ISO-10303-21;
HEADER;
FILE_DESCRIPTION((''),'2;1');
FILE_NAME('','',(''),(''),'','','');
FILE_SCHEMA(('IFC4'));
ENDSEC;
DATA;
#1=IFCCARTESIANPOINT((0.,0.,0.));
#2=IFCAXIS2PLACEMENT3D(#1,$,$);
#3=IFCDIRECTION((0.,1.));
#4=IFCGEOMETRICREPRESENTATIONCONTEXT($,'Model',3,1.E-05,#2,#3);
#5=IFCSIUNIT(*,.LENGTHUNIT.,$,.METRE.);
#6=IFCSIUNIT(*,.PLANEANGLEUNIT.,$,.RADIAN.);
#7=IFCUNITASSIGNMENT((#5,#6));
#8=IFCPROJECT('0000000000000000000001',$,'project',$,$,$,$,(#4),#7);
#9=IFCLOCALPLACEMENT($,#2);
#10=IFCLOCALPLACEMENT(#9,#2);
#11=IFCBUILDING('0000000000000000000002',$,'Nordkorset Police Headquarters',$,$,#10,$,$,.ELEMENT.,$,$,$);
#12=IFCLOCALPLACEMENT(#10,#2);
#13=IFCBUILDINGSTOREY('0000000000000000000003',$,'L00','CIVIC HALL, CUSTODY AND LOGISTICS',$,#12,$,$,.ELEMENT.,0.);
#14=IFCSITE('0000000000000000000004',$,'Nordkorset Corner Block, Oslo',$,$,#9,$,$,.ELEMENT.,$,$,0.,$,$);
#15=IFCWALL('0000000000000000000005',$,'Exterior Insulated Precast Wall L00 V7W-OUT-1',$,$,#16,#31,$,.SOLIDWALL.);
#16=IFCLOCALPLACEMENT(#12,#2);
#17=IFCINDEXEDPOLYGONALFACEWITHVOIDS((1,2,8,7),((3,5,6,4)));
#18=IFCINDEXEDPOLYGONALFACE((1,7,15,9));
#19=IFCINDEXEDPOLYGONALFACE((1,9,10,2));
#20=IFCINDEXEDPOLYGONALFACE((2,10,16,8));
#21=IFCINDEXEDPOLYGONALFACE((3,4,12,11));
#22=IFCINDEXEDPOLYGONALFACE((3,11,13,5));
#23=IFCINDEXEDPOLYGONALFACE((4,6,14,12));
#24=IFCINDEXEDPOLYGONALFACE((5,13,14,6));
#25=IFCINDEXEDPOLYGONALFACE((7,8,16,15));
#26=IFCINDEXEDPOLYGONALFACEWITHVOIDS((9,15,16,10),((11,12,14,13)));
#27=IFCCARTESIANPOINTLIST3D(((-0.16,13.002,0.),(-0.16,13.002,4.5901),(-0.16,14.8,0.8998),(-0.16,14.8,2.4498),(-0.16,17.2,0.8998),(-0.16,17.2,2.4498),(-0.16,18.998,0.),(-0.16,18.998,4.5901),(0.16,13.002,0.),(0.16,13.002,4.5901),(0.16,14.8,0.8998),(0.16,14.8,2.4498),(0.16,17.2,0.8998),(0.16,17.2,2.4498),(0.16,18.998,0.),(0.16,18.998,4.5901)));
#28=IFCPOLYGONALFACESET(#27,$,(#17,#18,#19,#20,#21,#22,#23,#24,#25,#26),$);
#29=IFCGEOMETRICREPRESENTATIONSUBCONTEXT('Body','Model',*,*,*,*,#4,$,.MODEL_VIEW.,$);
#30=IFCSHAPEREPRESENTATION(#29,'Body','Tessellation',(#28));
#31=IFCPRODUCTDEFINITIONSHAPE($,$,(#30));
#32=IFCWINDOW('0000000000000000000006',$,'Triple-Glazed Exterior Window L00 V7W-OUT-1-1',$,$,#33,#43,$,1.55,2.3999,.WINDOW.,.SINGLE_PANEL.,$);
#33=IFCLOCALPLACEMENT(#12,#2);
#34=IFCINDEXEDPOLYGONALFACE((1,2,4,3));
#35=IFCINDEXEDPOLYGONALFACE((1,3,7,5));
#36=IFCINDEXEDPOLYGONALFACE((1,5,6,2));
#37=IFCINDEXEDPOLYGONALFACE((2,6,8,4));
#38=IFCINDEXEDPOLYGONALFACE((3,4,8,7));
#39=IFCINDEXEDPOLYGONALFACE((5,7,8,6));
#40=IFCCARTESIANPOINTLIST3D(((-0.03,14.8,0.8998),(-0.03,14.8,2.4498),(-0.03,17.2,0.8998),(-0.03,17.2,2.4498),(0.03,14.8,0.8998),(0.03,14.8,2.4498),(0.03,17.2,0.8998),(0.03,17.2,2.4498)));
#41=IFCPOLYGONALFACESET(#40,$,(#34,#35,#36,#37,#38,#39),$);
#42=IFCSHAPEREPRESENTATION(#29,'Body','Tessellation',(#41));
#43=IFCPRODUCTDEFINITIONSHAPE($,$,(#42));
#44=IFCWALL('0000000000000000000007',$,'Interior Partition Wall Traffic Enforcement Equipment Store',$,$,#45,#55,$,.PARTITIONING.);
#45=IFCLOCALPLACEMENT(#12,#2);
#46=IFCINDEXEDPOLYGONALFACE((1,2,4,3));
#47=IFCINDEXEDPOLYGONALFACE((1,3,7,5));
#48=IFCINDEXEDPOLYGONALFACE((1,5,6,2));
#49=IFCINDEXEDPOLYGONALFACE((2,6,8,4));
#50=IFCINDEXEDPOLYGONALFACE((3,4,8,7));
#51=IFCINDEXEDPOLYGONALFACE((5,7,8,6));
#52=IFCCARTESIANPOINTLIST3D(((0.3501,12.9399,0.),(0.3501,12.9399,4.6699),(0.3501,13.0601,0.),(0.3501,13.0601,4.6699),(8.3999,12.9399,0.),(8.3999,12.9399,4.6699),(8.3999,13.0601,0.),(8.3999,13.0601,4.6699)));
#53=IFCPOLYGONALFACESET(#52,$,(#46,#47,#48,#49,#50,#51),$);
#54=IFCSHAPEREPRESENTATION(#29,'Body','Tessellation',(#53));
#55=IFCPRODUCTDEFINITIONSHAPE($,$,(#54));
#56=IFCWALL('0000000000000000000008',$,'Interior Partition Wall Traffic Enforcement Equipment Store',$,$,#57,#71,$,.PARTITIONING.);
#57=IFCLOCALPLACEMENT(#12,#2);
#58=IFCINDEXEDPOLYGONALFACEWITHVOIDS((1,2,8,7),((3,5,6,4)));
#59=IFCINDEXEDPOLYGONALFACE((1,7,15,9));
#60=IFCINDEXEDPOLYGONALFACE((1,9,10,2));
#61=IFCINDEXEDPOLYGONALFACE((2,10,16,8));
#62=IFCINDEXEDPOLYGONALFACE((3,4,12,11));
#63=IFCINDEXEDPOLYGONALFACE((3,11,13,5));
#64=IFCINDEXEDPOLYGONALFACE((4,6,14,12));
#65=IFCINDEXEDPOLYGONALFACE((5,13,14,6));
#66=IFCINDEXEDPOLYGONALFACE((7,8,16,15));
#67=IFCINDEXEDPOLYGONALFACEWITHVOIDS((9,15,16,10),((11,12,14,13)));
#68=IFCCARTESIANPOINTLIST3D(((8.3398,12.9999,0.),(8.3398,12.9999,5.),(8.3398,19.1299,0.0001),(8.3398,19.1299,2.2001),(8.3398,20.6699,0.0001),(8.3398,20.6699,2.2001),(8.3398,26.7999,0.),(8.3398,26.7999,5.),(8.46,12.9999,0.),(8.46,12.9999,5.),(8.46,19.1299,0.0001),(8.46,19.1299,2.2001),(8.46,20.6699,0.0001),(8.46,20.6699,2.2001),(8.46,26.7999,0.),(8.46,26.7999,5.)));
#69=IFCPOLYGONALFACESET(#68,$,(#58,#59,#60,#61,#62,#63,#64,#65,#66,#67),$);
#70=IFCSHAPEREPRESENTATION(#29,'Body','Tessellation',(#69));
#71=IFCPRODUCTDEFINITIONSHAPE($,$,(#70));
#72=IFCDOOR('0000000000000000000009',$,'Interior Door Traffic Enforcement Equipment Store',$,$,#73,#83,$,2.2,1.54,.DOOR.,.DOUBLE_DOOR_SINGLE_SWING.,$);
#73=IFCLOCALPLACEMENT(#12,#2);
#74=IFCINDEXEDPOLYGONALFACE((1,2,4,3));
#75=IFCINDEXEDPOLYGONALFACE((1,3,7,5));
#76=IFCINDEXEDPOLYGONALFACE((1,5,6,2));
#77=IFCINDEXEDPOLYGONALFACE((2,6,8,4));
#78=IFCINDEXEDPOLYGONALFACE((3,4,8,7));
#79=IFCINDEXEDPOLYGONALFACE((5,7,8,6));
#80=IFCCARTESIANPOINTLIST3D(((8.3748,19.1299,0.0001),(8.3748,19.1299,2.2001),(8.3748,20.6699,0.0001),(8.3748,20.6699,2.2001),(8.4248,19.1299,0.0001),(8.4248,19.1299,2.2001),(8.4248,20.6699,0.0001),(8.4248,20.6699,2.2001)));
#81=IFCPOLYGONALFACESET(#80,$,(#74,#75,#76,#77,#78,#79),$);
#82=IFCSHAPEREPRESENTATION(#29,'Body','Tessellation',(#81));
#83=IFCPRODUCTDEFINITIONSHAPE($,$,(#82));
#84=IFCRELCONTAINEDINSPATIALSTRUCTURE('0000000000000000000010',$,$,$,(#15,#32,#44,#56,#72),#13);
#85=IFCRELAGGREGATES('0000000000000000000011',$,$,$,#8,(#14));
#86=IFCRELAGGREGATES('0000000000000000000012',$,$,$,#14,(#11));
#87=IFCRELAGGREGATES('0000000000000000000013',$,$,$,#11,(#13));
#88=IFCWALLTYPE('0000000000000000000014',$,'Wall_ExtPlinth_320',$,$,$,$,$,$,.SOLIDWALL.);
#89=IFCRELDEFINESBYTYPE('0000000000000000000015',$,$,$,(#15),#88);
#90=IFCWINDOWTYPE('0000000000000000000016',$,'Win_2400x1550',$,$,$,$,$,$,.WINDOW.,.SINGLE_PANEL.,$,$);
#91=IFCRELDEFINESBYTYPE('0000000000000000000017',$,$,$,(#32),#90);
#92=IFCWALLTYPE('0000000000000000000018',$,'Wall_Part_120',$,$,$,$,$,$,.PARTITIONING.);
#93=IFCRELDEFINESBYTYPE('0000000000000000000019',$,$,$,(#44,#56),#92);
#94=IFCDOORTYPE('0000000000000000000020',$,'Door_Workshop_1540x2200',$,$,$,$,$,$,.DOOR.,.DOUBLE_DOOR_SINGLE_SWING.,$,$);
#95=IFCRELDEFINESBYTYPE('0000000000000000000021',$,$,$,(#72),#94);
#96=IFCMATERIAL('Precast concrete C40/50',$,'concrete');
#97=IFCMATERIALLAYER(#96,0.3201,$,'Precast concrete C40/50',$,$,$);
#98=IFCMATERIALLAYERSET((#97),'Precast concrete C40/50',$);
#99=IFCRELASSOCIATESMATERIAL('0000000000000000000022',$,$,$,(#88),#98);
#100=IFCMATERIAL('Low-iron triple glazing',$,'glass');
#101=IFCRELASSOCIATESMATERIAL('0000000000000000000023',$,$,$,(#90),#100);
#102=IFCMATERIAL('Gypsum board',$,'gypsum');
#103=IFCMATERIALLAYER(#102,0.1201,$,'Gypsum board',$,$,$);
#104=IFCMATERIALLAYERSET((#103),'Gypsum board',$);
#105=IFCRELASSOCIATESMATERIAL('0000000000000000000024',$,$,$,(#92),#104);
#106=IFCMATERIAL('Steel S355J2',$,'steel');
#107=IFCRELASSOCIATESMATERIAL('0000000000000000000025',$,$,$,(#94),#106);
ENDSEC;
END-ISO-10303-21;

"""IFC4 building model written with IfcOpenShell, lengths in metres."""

from ifc_helpers import new_model, si_unit, direction, frame, frame_2d, origin, place, context, subcontext, project, spatial, rectangle, extrude, material, layer, layer_set, type_object, element, fill, save


model = new_model("IFC4")

# Units and contexts
model_context = context("Model", 3, precision=1e-05, world=origin(), true_north=direction((0.0, 1.0)))
body_context = subcontext(model_context, "Body", "Model", "MODEL_VIEW")
ifc_project = project(units=[si_unit("LENGTHUNIT", "METRE"), si_unit("PLANEANGLEUNIT", "RADIAN")], contexts=[model_context])

# Site, building, storey
site_placement = place(None, origin())
site = spatial("IfcSite", under=ifc_project, at=site_placement, Name="Nordkorset Corner Block, Oslo", CompositionType="ELEMENT", RefElevation=0.0)
building_placement = place(site_placement, origin())
building = spatial("IfcBuilding", under=site, at=building_placement, Name="Nordkorset Police Headquarters", CompositionType="ELEMENT")
storey_placement = place(building_placement, origin())
storey = spatial("IfcBuildingStorey", under=building, at=storey_placement, Name="L00", Description="CIVIC HALL, CUSTODY AND LOGISTICS", CompositionType="ELEMENT", Elevation=0.0)

# Shared definitions
ifc_material_1 = material(Name="Precast concrete C40/50", Category="concrete")
ifc_layer_1 = layer(ifc_material_1, 0.3201, Name="Precast concrete C40/50")
ifc_layer_set_1 = layer_set([ifc_layer_1], Name="Precast concrete C40/50")
wall_type_1 = type_object("IfcWallType", Name="Wall_ExtPlinth_320", PredefinedType="SOLIDWALL", material=ifc_layer_set_1)

# Wall, opening, window
wall_1_placement = place(storey_placement, frame((0.0, 13.002, 0.0), z_axis=(0.0, 0.0, 1.0), x_axis=(0.0, 1.0, 0.0)))
wall_1 = element("IfcWall", 1, at=wall_1_placement, inside=storey, type_object=wall_type_1, Name="Exterior Insulated Precast Wall L00 V7W-OUT-1", PredefinedType="SOLIDWALL", context=body_context, shape_type="SweptSolid", body=[
    extrude(rectangle(XDim=5.9961, YDim=0.3201, at=frame_2d((2.998, 0.0))), origin(), (0.0, 0.0, 1.0), 4.5901),
])
opening_1_placement = place(wall_1_placement, frame((1.7981, 0.0, 0.8999)))
opening_1 = element("IfcOpeningElement", 2, at=opening_1_placement, cuts=wall_1, PredefinedType="OPENING", context=body_context, shape_type="SweptSolid", body=[
    extrude(rectangle(XDim=2.3999, YDim=1.55, at=frame_2d((1.2, 0.7749))), frame((0.0, 0.1699, 0.0), z_axis=(0.0, -1.0, 0.0), x_axis=(1.0, 0.0, 0.0)), (0.0, 0.0, 1.0), 0.3401),
])
ifc_material_2 = material(Name="Low-iron triple glazing", Category="glass")
window_type_1 = type_object("IfcWindowType", Name="Win_2400x1550", PartitioningType="SINGLE_PANEL", PredefinedType="WINDOW", material=ifc_material_2)
window_1_placement = place(opening_1_placement, origin())
window_1 = element("IfcWindow", 3, at=window_1_placement, inside=storey, type_object=window_type_1, Name="Triple-Glazed Exterior Window L00 V7W-OUT-1-1", OverallHeight=1.55, OverallWidth=2.3999, PartitioningType="SINGLE_PANEL", PredefinedType="WINDOW", context=body_context, shape_type="SweptSolid", body=[
    extrude(rectangle(XDim=2.3999, YDim=1.55, at=frame_2d((1.2, 0.7749))), frame((0.0, 0.03, 0.0), z_axis=(0.0, -1.0, 0.0), x_axis=(1.0, 0.0, 0.0)), (0.0, 0.0, 1.0), 0.0601),
])
fill(opening_1, window_1)

# Wall
ifc_material_3 = material(Name="Gypsum board", Category="gypsum")
ifc_layer_2 = layer(ifc_material_3, 0.1201, Name="Gypsum board")
ifc_layer_set_2 = layer_set([ifc_layer_2], Name="Gypsum board")
wall_type_2 = type_object("IfcWallType", Name="Wall_Part_120", PredefinedType="PARTITIONING", material=ifc_layer_set_2)
wall_2_placement = place(storey_placement, frame((0.3501, 13.0, 0.0), z_axis=(0.0, 0.0, 1.0), x_axis=(1.0, 0.0, 0.0)))
element("IfcWall", 4, at=wall_2_placement, inside=storey, type_object=wall_type_2, Name="Interior Partition Wall Traffic Enforcement Equipment Store", PredefinedType="PARTITIONING", context=body_context, shape_type="SweptSolid", body=[
    extrude(rectangle(XDim=8.0498, YDim=0.1201, at=frame_2d((4.0249, 0.0))), origin(), (0.0, 0.0, 1.0), 4.6699),
])

# Wall, opening, door
wall_3_placement = place(storey_placement, frame((8.3999, 13.0, 0.0), z_axis=(0.0, 0.0, 1.0), x_axis=(0.0, 1.0, 0.0)))
wall_3 = element("IfcWall", 5, at=wall_3_placement, inside=storey, type_object=wall_type_2, Name="Interior Partition Wall Traffic Enforcement Equipment Store", PredefinedType="PARTITIONING", context=body_context, shape_type="SweptSolid", body=[
    extrude(rectangle(XDim=13.8, YDim=0.1201, at=frame_2d((6.8999, 0.0))), origin(), (0.0, 0.0, 1.0), 5.0),
])
opening_2_placement = place(wall_3_placement, frame((6.1299, 0.0, 0.0)))
opening_2 = element("IfcOpeningElement", 6, at=opening_2_placement, cuts=wall_3, PredefinedType="OPENING", context=body_context, shape_type="SweptSolid", body=[
    extrude(rectangle(XDim=1.54, YDim=2.2, at=frame_2d((0.77, 1.1001))), frame((0.0, 0.0701, 0.0), z_axis=(0.0, -1.0, 0.0), x_axis=(1.0, 0.0, 0.0)), (0.0, 0.0, 1.0), 0.1401),
])
ifc_material_4 = material(Name="Steel S355J2", Category="steel")
door_type = type_object("IfcDoorType", Name="Door_Workshop_1540x2200", OperationType="DOUBLE_DOOR_SINGLE_SWING", PredefinedType="DOOR", material=ifc_material_4)
door_placement = place(opening_2_placement, frame((1.54, 0.0, 0.0), z_axis=(0.0, 0.0, 1.0), x_axis=(-1.0, 0.0, 0.0)))
door = element("IfcDoor", 7, at=door_placement, inside=storey, type_object=door_type, Name="Interior Door Traffic Enforcement Equipment Store", OperationType="DOUBLE_DOOR_SINGLE_SWING", OverallHeight=2.2, OverallWidth=1.54, PredefinedType="DOOR", context=body_context, shape_type="SweptSolid", body=[
    extrude(rectangle(XDim=1.54, YDim=2.2, at=frame_2d((0.77, 1.1001))), frame((0.0, 0.0249, 0.0), z_axis=(0.0, -1.0, 0.0), x_axis=(1.0, 0.0, 0.0)), (0.0, 0.0, 1.0), 0.05),
])
fill(opening_2, door)

save(model, "model.ifc")
